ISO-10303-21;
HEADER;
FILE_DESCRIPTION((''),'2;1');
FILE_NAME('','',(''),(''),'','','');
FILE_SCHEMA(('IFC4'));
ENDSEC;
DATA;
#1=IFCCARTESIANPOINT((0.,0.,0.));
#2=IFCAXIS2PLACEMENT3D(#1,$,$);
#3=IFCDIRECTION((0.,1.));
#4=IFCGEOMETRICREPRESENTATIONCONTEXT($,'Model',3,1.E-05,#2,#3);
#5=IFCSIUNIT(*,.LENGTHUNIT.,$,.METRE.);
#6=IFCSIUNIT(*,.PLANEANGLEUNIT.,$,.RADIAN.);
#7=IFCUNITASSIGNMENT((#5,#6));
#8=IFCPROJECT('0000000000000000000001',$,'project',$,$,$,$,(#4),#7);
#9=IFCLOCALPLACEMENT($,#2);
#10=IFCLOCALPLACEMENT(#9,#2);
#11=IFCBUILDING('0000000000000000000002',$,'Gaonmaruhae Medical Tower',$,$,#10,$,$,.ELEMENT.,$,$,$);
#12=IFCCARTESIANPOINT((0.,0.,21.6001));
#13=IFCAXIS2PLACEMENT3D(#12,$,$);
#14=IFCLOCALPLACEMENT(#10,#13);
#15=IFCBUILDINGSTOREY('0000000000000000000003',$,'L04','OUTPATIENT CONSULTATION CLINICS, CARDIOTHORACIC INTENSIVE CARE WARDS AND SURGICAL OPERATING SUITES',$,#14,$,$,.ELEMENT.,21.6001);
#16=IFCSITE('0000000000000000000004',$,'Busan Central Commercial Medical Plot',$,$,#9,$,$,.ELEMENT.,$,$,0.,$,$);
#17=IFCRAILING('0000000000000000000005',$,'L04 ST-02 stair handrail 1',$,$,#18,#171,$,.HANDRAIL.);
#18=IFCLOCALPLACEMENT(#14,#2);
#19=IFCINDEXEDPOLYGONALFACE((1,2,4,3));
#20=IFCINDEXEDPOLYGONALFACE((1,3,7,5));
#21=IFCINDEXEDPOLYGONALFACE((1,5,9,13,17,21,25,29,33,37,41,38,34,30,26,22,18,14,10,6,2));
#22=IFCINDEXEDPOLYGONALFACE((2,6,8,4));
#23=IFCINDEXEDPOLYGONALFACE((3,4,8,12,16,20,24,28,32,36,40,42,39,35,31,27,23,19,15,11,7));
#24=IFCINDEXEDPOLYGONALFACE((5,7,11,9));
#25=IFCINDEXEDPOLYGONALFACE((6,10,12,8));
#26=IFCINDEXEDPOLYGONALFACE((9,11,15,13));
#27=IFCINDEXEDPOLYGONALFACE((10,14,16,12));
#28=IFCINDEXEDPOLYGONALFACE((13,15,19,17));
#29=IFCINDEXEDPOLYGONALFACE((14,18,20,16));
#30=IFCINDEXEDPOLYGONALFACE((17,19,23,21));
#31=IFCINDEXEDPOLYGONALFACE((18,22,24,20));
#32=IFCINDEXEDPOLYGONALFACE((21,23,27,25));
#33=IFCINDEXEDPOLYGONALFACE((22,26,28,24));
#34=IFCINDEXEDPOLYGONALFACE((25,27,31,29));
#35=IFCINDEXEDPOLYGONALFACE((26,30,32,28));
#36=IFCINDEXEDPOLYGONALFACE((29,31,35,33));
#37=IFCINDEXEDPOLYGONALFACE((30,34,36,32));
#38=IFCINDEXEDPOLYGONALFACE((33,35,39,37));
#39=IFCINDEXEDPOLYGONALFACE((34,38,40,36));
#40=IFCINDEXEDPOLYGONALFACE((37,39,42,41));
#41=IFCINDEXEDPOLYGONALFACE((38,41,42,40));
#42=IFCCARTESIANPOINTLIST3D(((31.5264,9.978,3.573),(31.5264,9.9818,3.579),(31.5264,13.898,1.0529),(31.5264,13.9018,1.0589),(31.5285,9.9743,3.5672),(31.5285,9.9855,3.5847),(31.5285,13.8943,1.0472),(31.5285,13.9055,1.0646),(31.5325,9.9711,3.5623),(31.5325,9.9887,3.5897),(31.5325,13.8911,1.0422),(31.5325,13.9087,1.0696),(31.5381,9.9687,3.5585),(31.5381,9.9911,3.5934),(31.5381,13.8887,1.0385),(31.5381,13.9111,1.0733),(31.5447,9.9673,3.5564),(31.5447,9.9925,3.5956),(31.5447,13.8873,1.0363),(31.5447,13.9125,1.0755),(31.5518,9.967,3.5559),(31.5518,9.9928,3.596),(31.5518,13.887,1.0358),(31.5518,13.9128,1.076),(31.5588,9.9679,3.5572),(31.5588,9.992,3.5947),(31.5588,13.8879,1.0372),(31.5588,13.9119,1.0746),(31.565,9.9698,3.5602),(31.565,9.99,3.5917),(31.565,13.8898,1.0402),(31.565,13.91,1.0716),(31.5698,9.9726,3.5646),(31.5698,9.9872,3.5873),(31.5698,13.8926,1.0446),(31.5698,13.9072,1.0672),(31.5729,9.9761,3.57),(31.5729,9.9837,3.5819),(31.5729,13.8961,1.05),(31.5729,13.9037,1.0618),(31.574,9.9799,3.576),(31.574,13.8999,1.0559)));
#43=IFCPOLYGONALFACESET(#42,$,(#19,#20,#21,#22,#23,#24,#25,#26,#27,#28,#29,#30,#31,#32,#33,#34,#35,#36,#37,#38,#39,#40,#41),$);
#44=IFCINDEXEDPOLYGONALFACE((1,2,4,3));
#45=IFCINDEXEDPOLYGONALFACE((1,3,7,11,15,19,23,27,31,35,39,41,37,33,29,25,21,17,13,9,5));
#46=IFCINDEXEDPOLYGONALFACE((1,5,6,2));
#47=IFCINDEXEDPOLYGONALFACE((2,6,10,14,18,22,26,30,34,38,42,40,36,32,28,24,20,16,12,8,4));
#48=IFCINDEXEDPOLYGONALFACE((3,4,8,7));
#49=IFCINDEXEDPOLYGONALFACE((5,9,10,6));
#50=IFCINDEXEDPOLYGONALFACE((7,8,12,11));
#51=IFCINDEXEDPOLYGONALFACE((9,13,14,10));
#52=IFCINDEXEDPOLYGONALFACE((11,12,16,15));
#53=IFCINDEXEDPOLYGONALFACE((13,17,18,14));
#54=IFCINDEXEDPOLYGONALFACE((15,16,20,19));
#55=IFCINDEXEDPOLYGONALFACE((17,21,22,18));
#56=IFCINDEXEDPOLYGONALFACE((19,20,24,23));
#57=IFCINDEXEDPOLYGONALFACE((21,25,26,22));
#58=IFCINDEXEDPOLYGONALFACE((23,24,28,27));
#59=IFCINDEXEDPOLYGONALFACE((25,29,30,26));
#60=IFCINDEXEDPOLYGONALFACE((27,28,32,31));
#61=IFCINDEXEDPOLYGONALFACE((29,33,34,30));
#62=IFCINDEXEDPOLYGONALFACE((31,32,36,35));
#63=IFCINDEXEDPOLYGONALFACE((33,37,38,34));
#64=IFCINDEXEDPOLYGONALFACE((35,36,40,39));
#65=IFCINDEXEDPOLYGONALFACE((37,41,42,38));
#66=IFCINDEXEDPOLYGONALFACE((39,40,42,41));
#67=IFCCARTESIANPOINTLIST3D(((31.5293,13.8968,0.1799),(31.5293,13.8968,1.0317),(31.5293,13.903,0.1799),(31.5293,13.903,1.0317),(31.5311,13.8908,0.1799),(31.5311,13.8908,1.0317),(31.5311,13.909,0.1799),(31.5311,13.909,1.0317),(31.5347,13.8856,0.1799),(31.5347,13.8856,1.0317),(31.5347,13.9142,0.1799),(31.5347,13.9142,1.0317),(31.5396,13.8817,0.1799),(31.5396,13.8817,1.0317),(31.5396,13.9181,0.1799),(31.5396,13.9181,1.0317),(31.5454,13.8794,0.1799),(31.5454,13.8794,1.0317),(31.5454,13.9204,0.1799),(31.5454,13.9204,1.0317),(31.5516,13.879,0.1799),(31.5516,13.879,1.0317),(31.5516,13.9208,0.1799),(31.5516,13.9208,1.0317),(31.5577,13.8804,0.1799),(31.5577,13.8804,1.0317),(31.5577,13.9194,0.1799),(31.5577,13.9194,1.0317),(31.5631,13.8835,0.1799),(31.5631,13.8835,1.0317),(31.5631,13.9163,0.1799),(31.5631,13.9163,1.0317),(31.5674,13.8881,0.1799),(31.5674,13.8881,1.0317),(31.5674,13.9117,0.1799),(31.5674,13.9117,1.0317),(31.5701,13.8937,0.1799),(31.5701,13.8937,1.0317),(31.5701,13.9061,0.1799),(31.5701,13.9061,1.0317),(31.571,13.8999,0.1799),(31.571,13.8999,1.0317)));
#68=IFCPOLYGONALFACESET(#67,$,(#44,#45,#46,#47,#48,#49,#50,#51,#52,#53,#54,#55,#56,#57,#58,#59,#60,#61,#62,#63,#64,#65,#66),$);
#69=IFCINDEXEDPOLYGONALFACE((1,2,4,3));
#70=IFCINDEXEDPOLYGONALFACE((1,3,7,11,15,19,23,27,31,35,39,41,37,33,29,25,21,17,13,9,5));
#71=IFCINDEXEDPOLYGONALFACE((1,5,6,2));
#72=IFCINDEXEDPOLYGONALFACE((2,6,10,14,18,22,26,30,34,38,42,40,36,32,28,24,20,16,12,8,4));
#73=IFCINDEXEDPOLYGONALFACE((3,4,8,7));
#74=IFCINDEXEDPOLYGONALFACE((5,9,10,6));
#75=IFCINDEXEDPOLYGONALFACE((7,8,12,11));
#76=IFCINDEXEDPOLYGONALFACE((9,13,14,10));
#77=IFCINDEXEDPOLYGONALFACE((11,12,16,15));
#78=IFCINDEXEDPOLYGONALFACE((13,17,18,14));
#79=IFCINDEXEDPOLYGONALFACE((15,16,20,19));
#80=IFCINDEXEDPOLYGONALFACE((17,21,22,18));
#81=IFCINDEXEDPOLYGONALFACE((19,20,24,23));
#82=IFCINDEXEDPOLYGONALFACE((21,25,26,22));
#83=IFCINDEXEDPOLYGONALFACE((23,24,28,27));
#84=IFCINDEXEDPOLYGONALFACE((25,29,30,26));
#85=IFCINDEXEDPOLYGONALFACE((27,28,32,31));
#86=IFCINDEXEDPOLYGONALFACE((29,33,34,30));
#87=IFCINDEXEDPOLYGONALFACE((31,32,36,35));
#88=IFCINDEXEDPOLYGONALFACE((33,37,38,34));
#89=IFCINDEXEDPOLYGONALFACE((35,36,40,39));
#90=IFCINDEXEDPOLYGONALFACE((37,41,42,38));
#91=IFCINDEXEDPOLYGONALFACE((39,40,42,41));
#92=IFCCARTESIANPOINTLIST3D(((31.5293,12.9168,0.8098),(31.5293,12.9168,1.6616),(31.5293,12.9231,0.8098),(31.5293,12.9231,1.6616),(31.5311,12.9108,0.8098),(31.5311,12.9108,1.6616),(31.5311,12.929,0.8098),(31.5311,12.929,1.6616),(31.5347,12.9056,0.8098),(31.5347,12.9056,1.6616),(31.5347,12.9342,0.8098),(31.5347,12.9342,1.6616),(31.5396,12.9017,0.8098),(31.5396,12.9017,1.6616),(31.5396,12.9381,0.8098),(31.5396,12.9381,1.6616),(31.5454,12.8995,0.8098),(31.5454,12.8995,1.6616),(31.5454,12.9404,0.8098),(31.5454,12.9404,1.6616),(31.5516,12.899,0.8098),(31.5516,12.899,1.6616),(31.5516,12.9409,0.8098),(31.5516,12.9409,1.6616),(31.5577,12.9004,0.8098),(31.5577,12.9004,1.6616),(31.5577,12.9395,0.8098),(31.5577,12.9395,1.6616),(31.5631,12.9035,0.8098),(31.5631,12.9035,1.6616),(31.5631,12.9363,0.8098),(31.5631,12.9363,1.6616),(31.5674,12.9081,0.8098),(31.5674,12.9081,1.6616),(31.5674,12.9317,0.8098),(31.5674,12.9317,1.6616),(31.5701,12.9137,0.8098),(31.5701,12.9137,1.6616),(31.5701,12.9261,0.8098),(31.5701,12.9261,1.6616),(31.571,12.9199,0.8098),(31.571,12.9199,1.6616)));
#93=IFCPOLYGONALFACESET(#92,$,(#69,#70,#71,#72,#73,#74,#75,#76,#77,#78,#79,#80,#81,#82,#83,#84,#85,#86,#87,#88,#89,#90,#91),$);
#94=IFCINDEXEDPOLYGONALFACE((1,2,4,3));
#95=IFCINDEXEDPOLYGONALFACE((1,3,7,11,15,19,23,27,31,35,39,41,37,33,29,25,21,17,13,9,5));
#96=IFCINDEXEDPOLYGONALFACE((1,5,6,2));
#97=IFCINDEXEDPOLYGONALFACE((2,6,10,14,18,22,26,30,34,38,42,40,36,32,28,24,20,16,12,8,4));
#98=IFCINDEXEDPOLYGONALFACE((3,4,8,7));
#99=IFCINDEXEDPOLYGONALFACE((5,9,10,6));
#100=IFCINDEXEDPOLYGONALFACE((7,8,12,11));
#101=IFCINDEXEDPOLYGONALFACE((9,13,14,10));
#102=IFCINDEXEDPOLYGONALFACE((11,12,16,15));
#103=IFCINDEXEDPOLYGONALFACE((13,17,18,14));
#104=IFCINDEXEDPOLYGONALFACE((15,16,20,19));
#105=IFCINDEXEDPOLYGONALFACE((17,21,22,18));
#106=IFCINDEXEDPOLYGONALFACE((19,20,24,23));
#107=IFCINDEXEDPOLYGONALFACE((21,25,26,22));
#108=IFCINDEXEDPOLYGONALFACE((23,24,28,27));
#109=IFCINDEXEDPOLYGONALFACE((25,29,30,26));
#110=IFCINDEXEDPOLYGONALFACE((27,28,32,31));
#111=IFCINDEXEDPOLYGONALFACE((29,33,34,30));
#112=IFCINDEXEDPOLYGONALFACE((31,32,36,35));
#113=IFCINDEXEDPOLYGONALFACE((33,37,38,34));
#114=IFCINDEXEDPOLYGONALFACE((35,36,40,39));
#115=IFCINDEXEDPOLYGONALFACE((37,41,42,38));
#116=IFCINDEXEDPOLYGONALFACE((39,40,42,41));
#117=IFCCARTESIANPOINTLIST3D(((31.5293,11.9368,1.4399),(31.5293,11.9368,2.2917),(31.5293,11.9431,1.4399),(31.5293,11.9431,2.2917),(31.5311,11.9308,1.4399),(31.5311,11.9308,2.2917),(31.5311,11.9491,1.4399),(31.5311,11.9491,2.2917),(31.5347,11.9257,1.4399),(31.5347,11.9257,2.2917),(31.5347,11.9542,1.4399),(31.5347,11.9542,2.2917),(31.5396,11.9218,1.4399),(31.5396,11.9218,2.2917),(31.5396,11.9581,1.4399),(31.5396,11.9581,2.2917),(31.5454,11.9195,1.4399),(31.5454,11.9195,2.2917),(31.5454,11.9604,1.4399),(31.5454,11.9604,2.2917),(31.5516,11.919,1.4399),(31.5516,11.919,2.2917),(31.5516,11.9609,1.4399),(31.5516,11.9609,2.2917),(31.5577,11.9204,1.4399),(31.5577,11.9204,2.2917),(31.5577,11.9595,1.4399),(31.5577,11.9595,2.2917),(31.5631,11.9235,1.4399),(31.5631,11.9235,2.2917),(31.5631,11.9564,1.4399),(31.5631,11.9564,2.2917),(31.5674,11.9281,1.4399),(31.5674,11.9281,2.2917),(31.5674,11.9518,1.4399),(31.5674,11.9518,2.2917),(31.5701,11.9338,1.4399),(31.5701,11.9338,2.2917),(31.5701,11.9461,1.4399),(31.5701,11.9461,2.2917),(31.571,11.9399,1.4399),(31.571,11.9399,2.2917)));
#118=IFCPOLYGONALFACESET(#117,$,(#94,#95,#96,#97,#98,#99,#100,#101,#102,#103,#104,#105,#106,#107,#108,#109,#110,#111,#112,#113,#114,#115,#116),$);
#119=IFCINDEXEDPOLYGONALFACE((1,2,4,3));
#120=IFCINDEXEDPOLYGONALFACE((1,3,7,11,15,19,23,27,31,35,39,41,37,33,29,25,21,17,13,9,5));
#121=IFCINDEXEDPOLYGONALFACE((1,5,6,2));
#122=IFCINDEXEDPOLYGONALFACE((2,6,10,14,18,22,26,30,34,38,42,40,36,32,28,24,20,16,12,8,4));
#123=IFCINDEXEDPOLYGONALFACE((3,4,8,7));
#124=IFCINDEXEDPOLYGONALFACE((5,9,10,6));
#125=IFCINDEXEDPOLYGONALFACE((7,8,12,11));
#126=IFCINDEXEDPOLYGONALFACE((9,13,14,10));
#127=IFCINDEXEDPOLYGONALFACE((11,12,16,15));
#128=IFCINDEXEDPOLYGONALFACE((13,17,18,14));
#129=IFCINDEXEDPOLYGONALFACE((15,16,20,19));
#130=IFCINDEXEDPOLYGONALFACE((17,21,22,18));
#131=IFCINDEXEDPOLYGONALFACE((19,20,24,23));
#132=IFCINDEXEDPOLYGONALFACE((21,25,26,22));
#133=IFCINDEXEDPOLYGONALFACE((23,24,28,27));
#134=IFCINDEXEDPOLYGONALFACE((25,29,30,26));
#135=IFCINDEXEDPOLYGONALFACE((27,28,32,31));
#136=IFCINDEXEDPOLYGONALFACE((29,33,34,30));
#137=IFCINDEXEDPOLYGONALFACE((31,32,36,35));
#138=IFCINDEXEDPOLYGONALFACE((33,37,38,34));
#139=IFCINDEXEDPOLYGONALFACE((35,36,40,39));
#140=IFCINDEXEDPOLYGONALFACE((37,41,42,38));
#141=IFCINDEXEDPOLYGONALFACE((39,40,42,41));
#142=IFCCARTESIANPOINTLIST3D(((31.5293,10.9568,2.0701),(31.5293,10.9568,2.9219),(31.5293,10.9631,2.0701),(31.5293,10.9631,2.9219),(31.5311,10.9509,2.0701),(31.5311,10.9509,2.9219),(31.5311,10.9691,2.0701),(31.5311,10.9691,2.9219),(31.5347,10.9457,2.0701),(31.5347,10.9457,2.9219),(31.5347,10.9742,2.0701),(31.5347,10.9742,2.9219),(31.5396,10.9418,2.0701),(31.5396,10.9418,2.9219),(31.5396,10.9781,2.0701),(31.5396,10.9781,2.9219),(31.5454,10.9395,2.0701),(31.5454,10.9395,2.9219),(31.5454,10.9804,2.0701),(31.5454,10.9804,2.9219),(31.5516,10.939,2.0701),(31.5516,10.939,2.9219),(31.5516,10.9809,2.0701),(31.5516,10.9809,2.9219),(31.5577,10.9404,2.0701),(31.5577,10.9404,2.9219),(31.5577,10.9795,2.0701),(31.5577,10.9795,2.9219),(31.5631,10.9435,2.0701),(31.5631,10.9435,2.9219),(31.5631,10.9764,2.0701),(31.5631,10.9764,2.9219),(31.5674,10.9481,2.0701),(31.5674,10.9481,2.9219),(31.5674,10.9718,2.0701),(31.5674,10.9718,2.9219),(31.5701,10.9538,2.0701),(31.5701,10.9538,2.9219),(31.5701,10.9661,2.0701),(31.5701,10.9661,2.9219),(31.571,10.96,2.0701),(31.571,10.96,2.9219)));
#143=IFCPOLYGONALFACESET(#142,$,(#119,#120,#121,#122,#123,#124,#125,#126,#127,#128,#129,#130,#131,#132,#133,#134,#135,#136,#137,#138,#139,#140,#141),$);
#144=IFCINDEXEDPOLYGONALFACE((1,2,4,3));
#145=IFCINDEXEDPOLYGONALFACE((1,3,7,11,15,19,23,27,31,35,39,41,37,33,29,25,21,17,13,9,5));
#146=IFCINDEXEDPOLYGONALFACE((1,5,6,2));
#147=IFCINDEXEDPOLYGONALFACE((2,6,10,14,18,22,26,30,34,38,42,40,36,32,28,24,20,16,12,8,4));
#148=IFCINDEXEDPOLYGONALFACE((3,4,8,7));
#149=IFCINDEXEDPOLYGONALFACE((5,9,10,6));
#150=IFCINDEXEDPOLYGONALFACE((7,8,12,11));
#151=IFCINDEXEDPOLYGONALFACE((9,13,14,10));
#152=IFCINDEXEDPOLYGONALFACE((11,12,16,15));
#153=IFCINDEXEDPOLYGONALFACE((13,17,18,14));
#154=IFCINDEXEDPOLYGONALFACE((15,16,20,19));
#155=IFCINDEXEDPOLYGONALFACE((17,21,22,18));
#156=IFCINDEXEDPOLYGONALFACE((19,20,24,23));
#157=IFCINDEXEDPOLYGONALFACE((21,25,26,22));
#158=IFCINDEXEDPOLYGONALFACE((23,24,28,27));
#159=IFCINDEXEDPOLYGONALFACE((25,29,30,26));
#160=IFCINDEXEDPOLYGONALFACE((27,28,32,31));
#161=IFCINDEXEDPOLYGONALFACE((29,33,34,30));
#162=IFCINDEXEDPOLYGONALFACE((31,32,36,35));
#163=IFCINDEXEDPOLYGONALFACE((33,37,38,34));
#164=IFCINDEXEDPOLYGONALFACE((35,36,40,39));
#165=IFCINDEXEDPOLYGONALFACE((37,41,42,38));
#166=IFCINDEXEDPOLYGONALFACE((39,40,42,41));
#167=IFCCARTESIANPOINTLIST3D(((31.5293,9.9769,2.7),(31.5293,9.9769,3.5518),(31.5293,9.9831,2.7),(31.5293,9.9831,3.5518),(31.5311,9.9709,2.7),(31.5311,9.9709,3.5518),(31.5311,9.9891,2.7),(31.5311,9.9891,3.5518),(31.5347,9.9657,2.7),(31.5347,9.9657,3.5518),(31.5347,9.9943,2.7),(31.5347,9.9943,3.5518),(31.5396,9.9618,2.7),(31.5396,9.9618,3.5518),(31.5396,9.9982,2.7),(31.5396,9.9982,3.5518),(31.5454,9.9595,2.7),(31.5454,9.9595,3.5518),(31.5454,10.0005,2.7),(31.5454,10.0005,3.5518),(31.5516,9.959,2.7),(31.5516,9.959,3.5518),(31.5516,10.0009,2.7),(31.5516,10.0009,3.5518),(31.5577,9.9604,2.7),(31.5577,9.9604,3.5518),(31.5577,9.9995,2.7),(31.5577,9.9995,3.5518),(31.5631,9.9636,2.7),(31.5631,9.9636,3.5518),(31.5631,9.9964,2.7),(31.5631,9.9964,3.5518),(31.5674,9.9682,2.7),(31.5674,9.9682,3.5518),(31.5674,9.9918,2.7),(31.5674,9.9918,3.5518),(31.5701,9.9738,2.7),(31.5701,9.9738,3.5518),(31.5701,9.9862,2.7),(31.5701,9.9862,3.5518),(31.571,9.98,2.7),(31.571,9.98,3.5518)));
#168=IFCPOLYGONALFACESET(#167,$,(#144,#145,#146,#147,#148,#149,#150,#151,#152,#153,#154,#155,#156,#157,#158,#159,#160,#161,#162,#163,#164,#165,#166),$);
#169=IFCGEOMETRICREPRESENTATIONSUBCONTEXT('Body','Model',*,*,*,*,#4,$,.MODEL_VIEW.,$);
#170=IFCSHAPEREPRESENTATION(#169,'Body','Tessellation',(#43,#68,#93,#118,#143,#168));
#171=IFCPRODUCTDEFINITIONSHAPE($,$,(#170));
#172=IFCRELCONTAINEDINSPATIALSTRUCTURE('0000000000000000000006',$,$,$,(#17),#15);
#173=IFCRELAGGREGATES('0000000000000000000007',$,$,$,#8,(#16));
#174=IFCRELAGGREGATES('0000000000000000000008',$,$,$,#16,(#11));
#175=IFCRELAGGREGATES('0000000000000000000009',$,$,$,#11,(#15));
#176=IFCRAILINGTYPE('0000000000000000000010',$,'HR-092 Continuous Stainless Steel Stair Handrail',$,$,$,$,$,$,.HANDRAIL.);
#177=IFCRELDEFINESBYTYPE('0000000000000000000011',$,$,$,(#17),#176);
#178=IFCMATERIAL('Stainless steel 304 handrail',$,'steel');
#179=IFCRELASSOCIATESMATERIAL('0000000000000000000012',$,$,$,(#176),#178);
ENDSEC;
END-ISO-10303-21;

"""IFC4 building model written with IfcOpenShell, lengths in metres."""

from ifc_helpers import new_model, si_unit, direction, frame, origin, origin_2d, place, context, subcontext, project, spatial, circle, extrude, material, type_object, element, save


model = new_model("IFC4")

# Units and contexts
model_context = context("Model", 3, precision=1e-05, world=origin(), true_north=direction((0.0, 1.0)))
body_context = subcontext(model_context, "Body", "Model", "MODEL_VIEW")
ifc_project = project(units=[si_unit("LENGTHUNIT", "METRE"), si_unit("PLANEANGLEUNIT", "RADIAN")], contexts=[model_context])

# Site, building, storey
site_placement = place(None, origin())
site = spatial("IfcSite", under=ifc_project, at=site_placement, Name="Busan Central Commercial Medical Plot", CompositionType="ELEMENT", RefElevation=0.0)
building_placement = place(site_placement, origin())
building = spatial("IfcBuilding", under=site, at=building_placement, Name="Gaonmaruhae Medical Tower", CompositionType="ELEMENT")
storey_placement = place(building_placement, frame((0.0, 0.0, 21.6001)))
storey = spatial("IfcBuildingStorey", under=building, at=storey_placement, Name="L04", Description="OUTPATIENT CONSULTATION CLINICS, CARDIOTHORACIC INTENSIVE CARE WARDS AND SURGICAL OPERATING SUITES", CompositionType="ELEMENT", Elevation=21.6001)

# Railing
ifc_material_1 = material(Name="Stainless steel 304 handrail", Category="steel")
railing_type_1 = type_object("IfcRailingType", Name="HR-092 Continuous Stainless Steel Stair Handrail", PredefinedType="HANDRAIL", material=ifc_material_1)
railing_1_placement = place(storey_placement, frame((31.55, 13.8999, 0.1799)))
element("IfcRailing", 1, at=railing_1_placement, inside=storey, type_object=railing_type_1, Name="L04 ST-02 stair handrail 1", PredefinedType="HANDRAIL", context=body_context, shape_type="SweptSolid", body=[
    extrude(circle(Radius=0.0239, at=origin_2d()), frame((0.0, 0.0, 0.876), z_axis=(0.0, -0.841172, 0.540768), x_axis=(1.0, 0.0, 0.0)), (0.0, 0.0, 1.0), 4.6602),
    extrude(circle(Radius=0.021, at=origin_2d()), origin(), (0.0, 0.0, 1.0), 0.8518),
    extrude(circle(Radius=0.021, at=origin_2d()), frame((0.0, -0.98, 0.6299)), (0.0, 0.0, 1.0), 0.8518),
    extrude(circle(Radius=0.021, at=origin_2d()), frame((0.0, -1.96, 1.26)), (0.0, 0.0, 1.0), 0.8518),
    extrude(circle(Radius=0.021, at=origin_2d()), frame((0.0, -2.9399, 1.8901)), (0.0, 0.0, 1.0), 0.8518),
    extrude(circle(Radius=0.021, at=origin_2d()), frame((0.0, -3.9199, 2.52)), (0.0, 0.0, 1.0), 0.8518),
])

save(model, "model.ifc")
